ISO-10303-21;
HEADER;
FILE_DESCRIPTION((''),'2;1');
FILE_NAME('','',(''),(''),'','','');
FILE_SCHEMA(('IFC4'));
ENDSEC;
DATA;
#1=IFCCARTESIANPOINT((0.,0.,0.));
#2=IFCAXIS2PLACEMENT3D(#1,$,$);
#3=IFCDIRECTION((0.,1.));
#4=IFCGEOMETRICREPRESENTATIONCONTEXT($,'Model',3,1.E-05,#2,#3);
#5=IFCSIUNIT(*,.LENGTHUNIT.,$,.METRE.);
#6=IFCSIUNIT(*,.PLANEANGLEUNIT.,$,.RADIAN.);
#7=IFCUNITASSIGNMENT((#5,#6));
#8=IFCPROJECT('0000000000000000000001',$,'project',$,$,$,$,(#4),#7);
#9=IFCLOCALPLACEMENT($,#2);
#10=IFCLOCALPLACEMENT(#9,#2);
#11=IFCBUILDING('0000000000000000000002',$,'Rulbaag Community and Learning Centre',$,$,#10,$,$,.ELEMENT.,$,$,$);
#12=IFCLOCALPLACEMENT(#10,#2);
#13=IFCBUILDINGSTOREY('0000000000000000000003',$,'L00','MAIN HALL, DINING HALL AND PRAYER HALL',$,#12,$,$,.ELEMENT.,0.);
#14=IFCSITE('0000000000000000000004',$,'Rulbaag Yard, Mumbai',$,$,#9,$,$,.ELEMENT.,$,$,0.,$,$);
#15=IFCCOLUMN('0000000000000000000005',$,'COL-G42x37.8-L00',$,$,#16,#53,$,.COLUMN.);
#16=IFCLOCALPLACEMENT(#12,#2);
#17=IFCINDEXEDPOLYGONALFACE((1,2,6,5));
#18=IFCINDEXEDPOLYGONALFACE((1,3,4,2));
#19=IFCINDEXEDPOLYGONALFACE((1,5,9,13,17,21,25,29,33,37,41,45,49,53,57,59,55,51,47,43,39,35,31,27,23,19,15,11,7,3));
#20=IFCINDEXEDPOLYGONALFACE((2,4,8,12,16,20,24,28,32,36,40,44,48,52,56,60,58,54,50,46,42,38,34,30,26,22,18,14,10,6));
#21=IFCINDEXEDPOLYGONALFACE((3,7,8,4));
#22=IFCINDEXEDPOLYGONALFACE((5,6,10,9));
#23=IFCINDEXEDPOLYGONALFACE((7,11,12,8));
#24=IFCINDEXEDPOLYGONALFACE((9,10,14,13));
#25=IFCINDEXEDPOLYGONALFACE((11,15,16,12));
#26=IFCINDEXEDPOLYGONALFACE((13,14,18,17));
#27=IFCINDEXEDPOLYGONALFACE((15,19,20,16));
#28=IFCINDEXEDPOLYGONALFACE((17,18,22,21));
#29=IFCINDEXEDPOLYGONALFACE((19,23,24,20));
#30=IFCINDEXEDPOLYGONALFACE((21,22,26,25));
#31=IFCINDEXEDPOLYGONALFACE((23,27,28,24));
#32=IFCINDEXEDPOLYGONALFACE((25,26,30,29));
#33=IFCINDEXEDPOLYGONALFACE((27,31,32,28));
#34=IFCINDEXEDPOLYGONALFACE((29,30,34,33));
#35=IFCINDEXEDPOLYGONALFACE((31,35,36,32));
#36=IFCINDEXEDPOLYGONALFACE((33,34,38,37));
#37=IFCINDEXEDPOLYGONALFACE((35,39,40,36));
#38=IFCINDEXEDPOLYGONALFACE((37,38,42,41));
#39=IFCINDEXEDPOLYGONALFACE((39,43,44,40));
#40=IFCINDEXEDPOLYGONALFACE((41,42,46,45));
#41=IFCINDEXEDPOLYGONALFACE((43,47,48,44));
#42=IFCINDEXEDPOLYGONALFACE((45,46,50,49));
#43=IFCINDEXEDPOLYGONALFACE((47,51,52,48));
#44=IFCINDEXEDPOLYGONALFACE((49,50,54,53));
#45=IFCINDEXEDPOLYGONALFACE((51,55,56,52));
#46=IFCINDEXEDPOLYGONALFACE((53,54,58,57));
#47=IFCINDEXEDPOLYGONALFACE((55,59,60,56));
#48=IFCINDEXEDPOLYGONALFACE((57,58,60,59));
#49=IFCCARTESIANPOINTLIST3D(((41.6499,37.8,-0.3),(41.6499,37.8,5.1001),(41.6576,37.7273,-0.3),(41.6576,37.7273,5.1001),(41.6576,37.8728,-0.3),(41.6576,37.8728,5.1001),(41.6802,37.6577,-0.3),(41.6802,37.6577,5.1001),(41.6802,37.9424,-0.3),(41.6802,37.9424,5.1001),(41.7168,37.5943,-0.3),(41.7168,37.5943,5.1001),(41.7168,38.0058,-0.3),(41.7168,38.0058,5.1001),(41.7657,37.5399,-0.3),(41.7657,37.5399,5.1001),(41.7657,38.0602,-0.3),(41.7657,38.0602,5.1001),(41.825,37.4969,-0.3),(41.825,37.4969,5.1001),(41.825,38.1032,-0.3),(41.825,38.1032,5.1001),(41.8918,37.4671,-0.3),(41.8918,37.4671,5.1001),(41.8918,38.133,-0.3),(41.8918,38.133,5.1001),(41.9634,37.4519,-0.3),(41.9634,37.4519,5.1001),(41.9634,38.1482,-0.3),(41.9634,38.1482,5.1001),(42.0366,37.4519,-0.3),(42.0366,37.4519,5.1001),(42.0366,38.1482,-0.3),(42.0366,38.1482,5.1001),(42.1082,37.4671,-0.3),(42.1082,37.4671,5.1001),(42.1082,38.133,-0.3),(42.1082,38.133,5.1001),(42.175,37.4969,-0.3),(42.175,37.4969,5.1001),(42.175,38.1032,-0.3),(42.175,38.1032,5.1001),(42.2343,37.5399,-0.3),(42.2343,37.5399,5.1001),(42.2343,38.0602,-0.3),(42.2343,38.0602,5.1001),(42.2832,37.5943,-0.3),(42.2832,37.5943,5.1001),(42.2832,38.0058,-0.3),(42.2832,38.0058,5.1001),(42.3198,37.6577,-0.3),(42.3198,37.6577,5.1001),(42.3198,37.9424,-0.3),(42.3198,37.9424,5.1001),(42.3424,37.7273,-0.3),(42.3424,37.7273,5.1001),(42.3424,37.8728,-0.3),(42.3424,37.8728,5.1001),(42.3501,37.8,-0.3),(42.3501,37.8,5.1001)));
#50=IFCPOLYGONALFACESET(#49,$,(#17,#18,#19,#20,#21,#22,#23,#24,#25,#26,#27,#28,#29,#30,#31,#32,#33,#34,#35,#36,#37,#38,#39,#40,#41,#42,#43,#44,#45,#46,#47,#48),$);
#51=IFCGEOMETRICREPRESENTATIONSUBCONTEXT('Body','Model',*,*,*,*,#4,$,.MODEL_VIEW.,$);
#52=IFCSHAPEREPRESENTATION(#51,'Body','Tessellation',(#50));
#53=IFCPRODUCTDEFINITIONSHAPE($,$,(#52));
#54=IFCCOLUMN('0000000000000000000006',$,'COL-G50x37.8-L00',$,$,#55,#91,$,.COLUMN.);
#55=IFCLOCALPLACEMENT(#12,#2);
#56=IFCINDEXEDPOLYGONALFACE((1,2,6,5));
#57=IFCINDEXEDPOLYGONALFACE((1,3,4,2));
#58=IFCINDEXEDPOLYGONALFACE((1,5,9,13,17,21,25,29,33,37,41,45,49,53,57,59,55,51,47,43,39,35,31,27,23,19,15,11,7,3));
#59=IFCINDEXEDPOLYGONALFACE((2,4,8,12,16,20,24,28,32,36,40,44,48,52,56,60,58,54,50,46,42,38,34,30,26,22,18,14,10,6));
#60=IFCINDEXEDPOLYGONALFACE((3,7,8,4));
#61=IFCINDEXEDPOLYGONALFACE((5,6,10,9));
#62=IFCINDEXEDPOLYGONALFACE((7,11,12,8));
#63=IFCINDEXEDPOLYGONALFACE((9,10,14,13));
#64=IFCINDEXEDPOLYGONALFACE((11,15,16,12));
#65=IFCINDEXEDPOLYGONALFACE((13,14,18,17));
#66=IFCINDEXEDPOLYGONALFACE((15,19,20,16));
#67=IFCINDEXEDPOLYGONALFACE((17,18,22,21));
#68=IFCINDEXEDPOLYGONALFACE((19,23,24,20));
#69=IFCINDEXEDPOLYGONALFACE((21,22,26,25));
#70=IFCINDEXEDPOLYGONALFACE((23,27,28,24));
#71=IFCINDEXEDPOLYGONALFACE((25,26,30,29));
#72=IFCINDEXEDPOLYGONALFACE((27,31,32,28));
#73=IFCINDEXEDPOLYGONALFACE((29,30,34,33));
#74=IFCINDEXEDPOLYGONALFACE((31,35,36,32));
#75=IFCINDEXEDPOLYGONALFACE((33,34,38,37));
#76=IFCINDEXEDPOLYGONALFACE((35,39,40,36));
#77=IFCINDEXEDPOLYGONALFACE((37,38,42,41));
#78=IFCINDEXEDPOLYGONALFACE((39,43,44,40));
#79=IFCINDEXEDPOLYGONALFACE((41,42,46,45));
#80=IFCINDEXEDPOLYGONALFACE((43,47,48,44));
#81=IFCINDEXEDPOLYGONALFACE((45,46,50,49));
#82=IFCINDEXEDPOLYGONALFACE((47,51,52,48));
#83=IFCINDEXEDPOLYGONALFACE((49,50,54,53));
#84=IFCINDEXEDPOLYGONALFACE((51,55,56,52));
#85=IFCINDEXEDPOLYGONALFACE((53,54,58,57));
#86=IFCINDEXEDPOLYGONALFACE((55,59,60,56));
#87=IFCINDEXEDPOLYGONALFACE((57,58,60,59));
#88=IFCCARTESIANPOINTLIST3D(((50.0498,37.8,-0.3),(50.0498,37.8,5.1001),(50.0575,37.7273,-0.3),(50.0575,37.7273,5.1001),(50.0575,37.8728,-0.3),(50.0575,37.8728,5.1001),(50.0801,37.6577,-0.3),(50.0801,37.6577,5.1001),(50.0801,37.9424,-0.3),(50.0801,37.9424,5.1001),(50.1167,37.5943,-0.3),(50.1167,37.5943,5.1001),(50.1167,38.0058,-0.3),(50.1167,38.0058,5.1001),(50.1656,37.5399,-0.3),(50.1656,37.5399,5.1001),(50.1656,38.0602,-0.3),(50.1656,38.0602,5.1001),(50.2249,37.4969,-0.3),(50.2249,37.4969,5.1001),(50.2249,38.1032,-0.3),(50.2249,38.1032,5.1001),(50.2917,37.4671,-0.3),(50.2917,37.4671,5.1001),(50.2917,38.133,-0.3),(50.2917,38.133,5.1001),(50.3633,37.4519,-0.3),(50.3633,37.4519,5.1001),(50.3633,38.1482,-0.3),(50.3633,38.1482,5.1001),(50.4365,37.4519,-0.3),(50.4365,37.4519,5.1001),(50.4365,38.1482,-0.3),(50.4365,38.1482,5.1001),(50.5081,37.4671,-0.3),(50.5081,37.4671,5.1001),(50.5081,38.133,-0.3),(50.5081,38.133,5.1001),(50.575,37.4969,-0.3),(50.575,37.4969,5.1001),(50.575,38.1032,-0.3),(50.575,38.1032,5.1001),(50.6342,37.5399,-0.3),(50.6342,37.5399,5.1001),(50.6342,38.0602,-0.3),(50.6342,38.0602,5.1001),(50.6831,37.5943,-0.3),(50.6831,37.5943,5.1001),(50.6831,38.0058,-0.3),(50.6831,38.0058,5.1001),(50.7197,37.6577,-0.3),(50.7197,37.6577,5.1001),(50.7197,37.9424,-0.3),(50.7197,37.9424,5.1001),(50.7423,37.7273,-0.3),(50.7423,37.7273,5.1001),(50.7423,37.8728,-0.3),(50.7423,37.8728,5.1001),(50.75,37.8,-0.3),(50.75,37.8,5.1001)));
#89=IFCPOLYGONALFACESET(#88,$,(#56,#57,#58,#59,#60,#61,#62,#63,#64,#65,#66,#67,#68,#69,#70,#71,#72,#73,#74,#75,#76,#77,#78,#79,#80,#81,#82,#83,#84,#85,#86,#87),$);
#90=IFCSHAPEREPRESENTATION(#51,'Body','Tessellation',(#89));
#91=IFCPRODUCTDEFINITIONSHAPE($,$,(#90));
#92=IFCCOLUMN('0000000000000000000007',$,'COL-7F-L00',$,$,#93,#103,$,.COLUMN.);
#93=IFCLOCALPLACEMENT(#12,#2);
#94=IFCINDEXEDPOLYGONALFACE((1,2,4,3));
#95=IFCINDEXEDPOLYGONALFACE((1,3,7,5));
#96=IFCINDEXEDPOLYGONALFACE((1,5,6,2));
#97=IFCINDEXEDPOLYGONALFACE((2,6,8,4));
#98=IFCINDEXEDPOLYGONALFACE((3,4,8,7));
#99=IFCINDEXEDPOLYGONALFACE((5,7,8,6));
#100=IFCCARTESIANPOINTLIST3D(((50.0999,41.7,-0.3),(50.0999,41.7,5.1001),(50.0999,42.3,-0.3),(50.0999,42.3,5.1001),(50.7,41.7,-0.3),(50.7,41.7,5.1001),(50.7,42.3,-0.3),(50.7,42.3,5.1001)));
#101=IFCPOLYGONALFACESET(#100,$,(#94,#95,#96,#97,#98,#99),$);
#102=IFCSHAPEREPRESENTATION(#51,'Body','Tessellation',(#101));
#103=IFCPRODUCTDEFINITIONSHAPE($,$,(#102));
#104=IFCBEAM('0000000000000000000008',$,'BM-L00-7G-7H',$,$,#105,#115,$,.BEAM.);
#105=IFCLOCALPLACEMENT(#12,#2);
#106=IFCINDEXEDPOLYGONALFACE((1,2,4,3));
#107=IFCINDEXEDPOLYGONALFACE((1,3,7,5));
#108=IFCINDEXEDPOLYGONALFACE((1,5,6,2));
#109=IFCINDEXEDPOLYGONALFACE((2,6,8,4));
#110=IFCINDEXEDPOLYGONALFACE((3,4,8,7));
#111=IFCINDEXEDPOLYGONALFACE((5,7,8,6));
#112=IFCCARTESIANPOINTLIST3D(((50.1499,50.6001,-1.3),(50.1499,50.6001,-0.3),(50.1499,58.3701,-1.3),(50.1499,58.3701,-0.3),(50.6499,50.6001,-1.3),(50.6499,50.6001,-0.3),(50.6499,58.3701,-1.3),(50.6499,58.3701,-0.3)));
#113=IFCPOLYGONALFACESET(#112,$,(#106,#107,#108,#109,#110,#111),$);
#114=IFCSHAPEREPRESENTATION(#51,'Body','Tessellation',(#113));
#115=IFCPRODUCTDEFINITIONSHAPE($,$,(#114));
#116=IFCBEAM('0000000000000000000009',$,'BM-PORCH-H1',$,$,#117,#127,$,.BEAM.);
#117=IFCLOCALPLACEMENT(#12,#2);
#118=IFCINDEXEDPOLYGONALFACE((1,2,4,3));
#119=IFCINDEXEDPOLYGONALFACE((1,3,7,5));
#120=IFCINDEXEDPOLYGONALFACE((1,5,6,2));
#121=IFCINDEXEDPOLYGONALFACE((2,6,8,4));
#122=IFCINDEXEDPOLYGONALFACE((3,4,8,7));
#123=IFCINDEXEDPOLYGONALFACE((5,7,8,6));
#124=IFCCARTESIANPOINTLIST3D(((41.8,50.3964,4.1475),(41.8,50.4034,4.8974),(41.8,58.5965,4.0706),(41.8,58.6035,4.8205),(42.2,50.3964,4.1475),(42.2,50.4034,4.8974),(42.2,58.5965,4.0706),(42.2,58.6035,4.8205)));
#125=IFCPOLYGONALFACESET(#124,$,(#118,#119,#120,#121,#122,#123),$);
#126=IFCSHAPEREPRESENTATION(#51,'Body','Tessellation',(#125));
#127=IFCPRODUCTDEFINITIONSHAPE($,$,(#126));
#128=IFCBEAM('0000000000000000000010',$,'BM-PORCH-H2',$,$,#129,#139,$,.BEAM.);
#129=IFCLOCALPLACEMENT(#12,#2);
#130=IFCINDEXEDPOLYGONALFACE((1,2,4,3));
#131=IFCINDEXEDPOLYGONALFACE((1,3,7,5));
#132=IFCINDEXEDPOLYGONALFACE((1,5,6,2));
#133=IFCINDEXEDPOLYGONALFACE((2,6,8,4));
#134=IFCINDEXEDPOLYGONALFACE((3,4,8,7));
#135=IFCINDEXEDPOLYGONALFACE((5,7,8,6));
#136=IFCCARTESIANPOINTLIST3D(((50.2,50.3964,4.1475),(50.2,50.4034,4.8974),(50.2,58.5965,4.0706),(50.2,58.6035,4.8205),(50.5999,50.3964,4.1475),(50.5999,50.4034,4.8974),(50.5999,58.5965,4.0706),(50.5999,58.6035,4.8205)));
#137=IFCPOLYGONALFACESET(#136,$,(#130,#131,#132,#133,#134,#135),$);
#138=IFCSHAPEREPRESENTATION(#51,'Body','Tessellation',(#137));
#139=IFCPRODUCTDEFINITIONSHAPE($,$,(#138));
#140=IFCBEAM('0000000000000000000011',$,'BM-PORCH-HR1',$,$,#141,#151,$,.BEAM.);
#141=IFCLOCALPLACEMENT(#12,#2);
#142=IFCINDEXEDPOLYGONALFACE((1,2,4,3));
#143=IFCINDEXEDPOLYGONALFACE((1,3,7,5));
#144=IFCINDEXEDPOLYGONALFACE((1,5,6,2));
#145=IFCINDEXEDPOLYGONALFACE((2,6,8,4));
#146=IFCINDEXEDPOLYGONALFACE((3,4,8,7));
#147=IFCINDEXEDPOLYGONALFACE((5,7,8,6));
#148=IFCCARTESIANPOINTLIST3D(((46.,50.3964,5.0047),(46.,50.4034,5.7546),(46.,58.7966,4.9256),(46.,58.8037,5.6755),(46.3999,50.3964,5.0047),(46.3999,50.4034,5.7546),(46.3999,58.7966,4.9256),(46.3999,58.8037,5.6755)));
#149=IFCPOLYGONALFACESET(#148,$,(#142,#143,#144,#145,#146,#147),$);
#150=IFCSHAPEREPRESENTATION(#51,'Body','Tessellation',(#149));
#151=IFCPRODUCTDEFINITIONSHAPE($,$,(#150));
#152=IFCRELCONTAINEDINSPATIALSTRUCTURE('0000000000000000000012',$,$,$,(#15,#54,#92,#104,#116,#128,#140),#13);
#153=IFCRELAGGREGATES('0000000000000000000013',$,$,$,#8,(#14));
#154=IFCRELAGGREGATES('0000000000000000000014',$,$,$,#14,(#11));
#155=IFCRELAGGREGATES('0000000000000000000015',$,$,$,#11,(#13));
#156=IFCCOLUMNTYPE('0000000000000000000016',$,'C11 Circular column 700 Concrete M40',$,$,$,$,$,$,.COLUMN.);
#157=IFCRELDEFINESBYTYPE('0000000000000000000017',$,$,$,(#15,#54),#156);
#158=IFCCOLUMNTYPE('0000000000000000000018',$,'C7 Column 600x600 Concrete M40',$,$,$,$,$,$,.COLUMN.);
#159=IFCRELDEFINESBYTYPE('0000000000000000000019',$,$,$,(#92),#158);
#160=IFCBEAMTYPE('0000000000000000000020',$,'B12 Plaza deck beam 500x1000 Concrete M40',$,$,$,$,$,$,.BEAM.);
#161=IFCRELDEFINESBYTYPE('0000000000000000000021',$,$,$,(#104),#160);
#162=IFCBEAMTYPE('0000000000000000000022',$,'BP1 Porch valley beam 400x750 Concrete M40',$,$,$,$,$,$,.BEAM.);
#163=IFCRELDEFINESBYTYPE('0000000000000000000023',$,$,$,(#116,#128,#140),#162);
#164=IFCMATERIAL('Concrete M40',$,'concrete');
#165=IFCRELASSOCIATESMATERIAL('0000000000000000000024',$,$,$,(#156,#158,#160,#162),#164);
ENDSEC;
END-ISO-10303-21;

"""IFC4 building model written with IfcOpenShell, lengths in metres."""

from ifc_helpers import new_model, si_unit, direction, frame, origin, origin_2d, place, context, subcontext, project, spatial, rectangle, circle, extrude, material, material_profile, profile_set, type_object, element, save


model = new_model("IFC4")

# Units and contexts
model_context = context("Model", 3, precision=1e-05, world=origin(), true_north=direction((0.0, 1.0)))
body_context = subcontext(model_context, "Body", "Model", "MODEL_VIEW")
ifc_project = project(units=[si_unit("LENGTHUNIT", "METRE"), si_unit("PLANEANGLEUNIT", "RADIAN")], contexts=[model_context])

# Site, building, storey
site_placement = place(None, origin())
site = spatial("IfcSite", under=ifc_project, at=site_placement, Name="Rulbaag Yard, Mumbai", CompositionType="ELEMENT", RefElevation=0.0)
building_placement = place(site_placement, origin())
building = spatial("IfcBuilding", under=site, at=building_placement, Name="Rulbaag Community and Learning Centre", CompositionType="ELEMENT")
storey_placement = place(building_placement, origin())
storey = spatial("IfcBuildingStorey", under=building, at=storey_placement, Name="L00", Description="MAIN HALL, DINING HALL AND PRAYER HALL", CompositionType="ELEMENT", Elevation=0.0)

# Columns
ifc_material_1 = material(Name="Concrete M40", Category="concrete")
ifc_material_profile_1 = material_profile(ifc_material_1, circle(Radius=0.3501, at=origin_2d()), Name="RD700")
ifc_profile_set_1 = profile_set([ifc_material_profile_1], Name="Concrete M40")
column_type_1 = type_object("IfcColumnType", Name="C11 Circular column 700 Concrete M40", PredefinedType="COLUMN", material=ifc_profile_set_1)
for number, where, z_axis, x_axis, name in (
    (1, (42.0, 37.8, -0.3), (0.0, 0.0, 1.0), (1.0, 0.0, 0.0), "COL-G42x37.8-L00"),
    (2, (50.3999, 37.8, -0.3), (0.0, 0.0, 1.0), (1.0, 0.0, 0.0), "COL-G50x37.8-L00"),
):
    element("IfcColumn", number, at=place(storey_placement, frame(where, z_axis=z_axis, x_axis=x_axis)), inside=storey, type_object=column_type_1, Name=name, PredefinedType="COLUMN", context=body_context, shape_type="SweptSolid", body=[
        extrude(circle(Radius=0.3501, at=origin_2d()), origin(), (0.0, 0.0, 1.0), 5.4001),
    ])
ifc_material_profile_2 = material_profile(ifc_material_1, rectangle(XDim=0.6001, YDim=0.6001, at=origin_2d()), Name="RC600x600")
ifc_profile_set_2 = profile_set([ifc_material_profile_2], Name="Concrete M40")
column_type_2 = type_object("IfcColumnType", Name="C7 Column 600x600 Concrete M40", PredefinedType="COLUMN", material=ifc_profile_set_2)
column_placement = place(storey_placement, frame((50.3999, 42.0, -0.3), z_axis=(0.0, 0.0, 1.0), x_axis=(1.0, 0.0, 0.0)))
element("IfcColumn", 3, at=column_placement, inside=storey, type_object=column_type_2, Name="COL-7F-L00", PredefinedType="COLUMN", context=body_context, shape_type="SweptSolid", body=[
    extrude(rectangle(XDim=0.6001, YDim=0.6001, at=origin_2d()), origin(), (0.0, 0.0, 1.0), 5.4001),
])

# Beams
ifc_material_profile_3 = material_profile(ifc_material_1, rectangle(XDim=0.5, YDim=1.0, at=origin_2d()), Name="RB500x1000")
ifc_profile_set_3 = profile_set([ifc_material_profile_3], Name="Concrete M40")
beam_type_1 = type_object("IfcBeamType", Name="B12 Plaza deck beam 500x1000 Concrete M40", PredefinedType="BEAM", material=ifc_profile_set_3)
beam_1_placement = place(storey_placement, frame((50.3999, 50.6001, -0.8), z_axis=(0.0, 1.0, 0.0), x_axis=(-1.0, 0.0, 0.0)))
element("IfcBeam", 4, at=beam_1_placement, inside=storey, type_object=beam_type_1, Name="BM-L00-7G-7H", PredefinedType="BEAM", context=body_context, shape_type="SweptSolid", body=[
    extrude(rectangle(XDim=0.5, YDim=1.0, at=origin_2d()), origin(), (0.0, 0.0, 1.0), 7.77),
])
ifc_material_profile_4 = material_profile(ifc_material_1, rectangle(XDim=0.3999, YDim=0.75, at=origin_2d()), Name="RB400x750")
ifc_profile_set_4 = profile_set([ifc_material_profile_4], Name="Concrete M40")
beam_type_2 = type_object("IfcBeamType", Name="BP1 Porch valley beam 400x750 Concrete M40", PredefinedType="BEAM", material=ifc_profile_set_4)
for number, where, z_axis, x_axis, name in (
    (5, (42.0, 50.3999, 4.5225), (0.0, 0.999956, -0.009378), (-1.0, 0.0, 0.0), "BM-PORCH-H1"),
    (6, (50.3999, 50.3999, 4.5225), (0.0, 0.999956, -0.009378), (-1.0, 0.0, 0.0), "BM-PORCH-H2"),
):
    element("IfcBeam", number, at=place(storey_placement, frame(where, z_axis=z_axis, x_axis=x_axis)), inside=storey, type_object=beam_type_2, Name=name, PredefinedType="BEAM", context=body_context, shape_type="SweptSolid", body=[
        extrude(rectangle(XDim=0.3999, YDim=0.75, at=origin_2d()), origin(), (0.0, 0.0, 1.0), 8.2004),
    ])
beam_2_placement = place(storey_placement, frame((46.2, 50.3999, 5.3796), z_axis=(0.0, 0.999956, -0.009416), x_axis=(-1.0, 0.0, 0.0)))
element("IfcBeam", 7, at=beam_2_placement, inside=storey, type_object=beam_type_2, Name="BM-PORCH-HR1", PredefinedType="BEAM", context=body_context, shape_type="SweptSolid", body=[
    extrude(rectangle(XDim=0.3999, YDim=0.75, at=origin_2d()), origin(), (0.0, 0.0, 1.0), 8.4006),
])

save(model, "model.ifc")
